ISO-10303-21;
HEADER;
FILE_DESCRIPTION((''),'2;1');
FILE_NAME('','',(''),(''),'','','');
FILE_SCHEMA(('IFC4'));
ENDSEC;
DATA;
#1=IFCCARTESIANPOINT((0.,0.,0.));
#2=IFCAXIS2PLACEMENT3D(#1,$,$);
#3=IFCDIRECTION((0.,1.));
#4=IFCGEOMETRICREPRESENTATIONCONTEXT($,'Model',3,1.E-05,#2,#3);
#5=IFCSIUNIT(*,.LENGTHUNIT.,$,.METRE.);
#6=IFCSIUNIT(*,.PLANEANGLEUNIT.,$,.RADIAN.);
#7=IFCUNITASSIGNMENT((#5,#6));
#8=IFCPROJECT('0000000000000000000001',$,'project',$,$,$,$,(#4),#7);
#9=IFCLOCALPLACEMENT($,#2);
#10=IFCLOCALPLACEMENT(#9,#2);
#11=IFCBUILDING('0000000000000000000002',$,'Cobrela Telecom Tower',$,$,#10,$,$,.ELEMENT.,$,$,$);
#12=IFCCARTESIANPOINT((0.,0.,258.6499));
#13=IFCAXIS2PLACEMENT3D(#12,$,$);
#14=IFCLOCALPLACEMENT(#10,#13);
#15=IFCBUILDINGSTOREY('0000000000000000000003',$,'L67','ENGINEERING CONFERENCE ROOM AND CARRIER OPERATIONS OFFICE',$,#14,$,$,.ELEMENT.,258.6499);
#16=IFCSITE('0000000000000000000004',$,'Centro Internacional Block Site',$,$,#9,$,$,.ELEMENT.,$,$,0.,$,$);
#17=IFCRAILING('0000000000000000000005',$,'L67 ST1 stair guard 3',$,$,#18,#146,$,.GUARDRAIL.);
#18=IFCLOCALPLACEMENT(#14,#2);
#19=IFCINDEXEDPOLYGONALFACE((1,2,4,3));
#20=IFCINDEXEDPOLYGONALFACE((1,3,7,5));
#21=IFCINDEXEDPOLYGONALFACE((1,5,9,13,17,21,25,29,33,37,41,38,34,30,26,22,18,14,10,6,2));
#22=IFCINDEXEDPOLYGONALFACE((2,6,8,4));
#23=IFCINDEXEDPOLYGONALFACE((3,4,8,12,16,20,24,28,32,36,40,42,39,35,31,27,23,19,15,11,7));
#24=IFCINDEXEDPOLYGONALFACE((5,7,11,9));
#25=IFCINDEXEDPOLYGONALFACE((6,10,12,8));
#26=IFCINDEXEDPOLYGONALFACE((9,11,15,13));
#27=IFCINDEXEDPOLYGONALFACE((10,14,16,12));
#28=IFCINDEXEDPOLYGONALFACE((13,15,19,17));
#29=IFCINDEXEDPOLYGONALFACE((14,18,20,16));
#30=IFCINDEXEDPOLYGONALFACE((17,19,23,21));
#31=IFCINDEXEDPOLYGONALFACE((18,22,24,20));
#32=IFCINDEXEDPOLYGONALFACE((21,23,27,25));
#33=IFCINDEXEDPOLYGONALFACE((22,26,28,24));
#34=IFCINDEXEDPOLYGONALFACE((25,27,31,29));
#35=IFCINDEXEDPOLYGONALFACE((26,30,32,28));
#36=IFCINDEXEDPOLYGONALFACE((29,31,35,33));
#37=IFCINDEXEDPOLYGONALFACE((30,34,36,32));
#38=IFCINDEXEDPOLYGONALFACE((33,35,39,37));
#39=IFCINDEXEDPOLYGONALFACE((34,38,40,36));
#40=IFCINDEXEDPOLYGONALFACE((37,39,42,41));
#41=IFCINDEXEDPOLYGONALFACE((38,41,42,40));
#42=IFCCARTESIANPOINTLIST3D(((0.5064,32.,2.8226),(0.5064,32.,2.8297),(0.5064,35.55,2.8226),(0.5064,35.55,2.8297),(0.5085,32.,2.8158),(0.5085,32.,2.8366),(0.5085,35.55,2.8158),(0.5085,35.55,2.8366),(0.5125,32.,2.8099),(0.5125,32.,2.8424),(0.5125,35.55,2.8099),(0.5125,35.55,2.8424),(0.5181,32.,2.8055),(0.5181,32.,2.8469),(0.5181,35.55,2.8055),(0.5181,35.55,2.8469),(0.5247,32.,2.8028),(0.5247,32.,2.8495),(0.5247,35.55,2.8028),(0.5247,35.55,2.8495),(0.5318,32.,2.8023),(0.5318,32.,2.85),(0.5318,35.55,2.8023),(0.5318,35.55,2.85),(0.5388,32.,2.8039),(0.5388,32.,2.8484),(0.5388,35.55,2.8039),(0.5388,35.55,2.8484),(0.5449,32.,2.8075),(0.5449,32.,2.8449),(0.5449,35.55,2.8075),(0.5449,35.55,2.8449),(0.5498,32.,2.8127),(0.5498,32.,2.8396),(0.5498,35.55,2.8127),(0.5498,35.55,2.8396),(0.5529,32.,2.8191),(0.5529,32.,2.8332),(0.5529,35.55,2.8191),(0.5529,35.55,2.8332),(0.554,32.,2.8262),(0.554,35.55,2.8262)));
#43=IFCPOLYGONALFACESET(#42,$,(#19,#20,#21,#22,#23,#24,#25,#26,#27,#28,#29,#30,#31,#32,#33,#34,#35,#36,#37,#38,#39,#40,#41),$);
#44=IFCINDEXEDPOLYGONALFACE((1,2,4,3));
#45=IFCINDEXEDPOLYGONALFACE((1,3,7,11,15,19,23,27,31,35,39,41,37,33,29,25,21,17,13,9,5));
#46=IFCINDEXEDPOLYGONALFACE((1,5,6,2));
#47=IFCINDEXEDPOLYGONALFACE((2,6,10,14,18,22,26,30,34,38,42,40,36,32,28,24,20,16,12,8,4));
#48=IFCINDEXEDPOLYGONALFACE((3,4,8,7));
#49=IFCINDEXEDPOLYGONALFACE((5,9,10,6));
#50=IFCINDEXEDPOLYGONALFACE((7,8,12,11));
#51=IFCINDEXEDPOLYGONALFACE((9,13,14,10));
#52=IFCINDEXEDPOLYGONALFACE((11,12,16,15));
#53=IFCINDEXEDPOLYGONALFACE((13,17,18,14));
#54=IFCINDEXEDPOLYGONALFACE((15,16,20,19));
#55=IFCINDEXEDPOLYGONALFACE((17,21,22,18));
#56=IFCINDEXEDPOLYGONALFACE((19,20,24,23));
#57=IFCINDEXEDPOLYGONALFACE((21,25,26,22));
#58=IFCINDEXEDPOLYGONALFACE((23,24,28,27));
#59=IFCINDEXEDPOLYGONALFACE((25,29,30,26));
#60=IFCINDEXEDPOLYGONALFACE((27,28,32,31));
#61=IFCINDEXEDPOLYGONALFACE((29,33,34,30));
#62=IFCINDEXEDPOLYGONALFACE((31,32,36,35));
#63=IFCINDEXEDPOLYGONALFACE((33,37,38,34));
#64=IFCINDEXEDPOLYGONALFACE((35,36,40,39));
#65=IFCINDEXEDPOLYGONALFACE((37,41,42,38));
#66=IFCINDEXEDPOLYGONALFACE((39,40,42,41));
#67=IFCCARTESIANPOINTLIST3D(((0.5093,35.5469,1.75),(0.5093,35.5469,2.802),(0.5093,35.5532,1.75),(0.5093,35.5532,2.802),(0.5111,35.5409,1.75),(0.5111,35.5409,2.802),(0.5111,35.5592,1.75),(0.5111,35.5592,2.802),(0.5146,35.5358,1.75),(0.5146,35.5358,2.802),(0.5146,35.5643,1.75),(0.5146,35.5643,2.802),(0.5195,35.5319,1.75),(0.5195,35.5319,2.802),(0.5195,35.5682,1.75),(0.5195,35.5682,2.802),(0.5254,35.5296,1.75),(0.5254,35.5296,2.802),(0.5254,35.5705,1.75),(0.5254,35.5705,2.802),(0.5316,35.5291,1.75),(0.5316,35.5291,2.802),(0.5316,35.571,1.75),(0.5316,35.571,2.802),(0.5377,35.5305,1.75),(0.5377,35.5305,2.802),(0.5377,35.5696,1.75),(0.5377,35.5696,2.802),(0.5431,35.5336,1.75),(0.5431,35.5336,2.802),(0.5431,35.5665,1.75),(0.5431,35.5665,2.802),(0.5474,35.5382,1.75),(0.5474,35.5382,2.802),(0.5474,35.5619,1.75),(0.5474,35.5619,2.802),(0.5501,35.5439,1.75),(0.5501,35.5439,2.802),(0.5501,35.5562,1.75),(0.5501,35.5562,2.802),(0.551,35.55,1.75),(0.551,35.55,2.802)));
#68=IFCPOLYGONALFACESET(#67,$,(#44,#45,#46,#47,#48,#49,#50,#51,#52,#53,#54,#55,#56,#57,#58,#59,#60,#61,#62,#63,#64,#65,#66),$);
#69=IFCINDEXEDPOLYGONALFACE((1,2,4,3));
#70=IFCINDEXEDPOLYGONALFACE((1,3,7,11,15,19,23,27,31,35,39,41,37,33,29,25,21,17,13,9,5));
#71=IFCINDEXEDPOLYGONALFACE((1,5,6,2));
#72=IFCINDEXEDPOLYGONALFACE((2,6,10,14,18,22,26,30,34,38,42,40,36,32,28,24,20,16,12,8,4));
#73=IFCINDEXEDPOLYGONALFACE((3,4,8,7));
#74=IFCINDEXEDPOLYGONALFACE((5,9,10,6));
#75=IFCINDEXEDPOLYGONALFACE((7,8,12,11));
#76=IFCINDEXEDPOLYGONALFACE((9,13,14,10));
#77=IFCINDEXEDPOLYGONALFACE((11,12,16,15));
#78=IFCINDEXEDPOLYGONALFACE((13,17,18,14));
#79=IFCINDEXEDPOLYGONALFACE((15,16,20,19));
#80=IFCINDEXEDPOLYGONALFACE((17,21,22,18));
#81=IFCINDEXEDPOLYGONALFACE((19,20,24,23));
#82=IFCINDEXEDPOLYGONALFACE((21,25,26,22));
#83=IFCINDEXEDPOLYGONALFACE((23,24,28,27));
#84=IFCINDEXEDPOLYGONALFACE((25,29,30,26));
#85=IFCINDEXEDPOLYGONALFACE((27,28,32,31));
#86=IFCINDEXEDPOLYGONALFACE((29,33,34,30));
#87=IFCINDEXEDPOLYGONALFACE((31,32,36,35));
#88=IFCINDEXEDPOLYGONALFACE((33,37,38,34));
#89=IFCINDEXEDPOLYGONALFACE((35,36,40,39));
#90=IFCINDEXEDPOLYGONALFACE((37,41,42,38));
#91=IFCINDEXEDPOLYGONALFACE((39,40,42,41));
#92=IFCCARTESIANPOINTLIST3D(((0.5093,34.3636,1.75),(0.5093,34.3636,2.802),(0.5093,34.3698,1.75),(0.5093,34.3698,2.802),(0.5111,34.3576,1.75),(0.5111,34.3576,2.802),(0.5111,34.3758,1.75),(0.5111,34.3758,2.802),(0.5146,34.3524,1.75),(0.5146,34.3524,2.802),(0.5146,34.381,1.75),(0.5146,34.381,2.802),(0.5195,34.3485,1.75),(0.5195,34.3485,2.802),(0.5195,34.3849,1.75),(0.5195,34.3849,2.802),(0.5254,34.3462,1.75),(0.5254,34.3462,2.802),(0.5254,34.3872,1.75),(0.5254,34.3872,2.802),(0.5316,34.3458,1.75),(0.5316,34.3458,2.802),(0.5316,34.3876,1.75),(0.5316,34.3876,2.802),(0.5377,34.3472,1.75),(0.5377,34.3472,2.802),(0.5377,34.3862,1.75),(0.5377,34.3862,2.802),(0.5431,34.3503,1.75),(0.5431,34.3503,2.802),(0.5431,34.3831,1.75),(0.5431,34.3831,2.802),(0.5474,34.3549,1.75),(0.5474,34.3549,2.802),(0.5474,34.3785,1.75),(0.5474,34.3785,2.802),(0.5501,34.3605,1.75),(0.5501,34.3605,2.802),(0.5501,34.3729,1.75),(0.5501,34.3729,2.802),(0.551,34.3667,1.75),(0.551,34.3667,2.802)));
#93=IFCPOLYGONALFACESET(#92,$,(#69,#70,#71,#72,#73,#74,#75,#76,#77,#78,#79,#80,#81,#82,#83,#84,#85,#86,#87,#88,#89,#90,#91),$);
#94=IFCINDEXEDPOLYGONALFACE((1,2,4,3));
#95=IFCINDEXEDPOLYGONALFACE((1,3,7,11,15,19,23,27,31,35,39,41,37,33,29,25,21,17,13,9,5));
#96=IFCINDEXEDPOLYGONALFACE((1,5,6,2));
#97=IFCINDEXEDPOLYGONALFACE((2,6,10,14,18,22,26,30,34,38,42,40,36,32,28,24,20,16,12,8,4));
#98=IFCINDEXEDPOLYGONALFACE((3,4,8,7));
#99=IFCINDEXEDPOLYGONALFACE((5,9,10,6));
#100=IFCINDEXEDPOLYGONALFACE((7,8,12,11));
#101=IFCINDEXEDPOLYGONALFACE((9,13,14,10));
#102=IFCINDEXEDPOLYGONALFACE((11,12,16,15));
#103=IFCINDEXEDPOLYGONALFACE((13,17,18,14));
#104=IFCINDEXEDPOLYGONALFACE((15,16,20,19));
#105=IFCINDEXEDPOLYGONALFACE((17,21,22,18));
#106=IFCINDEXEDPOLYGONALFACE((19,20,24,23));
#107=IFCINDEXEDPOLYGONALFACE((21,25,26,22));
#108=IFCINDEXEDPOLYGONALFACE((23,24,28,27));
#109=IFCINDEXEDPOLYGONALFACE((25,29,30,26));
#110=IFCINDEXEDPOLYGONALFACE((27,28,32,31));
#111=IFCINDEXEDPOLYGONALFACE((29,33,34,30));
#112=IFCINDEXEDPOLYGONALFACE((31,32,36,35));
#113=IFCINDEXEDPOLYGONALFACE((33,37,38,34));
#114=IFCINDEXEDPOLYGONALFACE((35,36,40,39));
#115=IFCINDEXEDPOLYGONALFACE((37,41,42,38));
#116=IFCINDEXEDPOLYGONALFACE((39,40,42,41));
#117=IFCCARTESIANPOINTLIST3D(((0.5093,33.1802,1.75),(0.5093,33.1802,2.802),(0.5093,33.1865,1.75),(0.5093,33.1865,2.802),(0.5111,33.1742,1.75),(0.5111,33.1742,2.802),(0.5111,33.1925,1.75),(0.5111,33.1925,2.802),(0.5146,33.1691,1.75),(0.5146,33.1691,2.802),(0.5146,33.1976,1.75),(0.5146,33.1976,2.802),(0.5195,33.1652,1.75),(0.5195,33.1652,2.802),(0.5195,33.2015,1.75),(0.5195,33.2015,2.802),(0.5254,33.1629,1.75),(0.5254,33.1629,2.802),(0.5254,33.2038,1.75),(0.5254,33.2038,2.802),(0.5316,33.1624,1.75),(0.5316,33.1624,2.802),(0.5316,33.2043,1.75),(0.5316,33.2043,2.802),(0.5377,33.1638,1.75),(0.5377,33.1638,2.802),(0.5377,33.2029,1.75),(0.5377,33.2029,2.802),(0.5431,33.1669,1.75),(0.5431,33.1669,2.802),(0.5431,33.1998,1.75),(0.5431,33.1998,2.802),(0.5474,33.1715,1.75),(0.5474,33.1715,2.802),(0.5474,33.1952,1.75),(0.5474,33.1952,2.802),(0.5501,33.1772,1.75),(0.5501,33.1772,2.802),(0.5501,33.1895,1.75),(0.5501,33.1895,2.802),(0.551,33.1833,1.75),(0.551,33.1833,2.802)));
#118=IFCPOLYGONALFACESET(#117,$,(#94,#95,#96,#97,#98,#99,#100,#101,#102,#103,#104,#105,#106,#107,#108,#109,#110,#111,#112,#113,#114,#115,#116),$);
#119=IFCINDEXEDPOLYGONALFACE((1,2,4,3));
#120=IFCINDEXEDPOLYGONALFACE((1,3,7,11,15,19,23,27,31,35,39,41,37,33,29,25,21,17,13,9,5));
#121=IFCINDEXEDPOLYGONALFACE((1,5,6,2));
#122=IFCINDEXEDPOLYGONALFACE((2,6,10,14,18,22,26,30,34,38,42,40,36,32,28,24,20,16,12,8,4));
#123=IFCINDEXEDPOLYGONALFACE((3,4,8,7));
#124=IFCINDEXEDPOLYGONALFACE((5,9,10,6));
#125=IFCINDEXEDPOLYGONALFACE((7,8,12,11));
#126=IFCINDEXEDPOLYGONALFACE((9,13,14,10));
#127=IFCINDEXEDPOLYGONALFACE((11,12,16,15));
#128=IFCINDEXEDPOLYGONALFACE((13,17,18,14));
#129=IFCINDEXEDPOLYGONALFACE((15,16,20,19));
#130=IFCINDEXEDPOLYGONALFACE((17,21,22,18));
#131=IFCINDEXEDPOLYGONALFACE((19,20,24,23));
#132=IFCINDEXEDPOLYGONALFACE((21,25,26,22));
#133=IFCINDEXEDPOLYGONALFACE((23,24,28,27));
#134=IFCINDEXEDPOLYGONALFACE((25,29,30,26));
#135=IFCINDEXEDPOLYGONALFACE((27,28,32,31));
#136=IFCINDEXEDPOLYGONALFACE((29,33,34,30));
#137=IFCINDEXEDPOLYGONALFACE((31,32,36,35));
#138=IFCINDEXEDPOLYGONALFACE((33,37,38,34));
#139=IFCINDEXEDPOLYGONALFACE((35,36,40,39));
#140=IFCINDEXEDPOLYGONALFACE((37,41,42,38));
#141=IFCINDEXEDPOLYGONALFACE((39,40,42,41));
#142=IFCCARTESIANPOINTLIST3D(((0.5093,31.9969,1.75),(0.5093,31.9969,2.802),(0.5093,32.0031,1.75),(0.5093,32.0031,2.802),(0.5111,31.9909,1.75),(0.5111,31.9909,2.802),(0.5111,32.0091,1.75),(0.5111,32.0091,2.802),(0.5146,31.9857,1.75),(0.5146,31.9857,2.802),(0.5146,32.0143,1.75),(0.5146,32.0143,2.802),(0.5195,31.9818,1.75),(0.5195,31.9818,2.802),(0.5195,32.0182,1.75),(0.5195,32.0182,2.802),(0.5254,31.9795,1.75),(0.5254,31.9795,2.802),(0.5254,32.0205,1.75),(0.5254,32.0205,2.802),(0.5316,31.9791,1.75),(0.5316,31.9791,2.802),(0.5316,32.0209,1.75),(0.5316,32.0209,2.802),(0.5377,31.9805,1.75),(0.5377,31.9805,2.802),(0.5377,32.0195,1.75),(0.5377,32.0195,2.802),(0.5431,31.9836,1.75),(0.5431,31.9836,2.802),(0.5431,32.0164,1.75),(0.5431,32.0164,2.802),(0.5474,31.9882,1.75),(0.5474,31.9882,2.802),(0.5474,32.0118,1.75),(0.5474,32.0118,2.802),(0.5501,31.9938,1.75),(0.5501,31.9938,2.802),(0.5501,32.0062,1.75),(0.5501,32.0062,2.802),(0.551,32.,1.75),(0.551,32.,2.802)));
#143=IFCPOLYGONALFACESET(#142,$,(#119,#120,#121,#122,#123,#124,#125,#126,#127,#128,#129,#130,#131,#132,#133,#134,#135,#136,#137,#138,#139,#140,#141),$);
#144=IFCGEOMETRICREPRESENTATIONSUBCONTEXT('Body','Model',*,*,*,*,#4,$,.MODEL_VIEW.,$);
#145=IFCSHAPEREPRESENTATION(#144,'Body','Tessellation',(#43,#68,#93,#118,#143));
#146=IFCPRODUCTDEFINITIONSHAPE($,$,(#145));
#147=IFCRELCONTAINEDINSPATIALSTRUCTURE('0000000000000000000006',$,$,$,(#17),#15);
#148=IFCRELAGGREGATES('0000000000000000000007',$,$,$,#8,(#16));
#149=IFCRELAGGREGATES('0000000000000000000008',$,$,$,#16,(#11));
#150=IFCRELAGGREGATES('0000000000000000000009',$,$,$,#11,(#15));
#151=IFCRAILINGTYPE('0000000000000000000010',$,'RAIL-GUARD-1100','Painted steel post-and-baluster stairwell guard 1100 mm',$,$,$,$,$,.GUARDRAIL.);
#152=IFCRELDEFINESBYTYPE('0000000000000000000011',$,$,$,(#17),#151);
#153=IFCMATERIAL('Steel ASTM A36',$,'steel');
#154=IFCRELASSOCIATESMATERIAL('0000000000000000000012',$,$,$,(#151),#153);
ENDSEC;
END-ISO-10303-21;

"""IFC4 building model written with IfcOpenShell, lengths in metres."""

from ifc_helpers import new_model, si_unit, direction, frame, origin, origin_2d, place, context, subcontext, project, spatial, circle, extrude, material, type_object, element, save


model = new_model("IFC4")

# Units and contexts
model_context = context("Model", 3, precision=1e-05, world=origin(), true_north=direction((0.0, 1.0)))
body_context = subcontext(model_context, "Body", "Model", "MODEL_VIEW")
ifc_project = project(units=[si_unit("LENGTHUNIT", "METRE"), si_unit("PLANEANGLEUNIT", "RADIAN")], contexts=[model_context])

# Site, building, storey
site_placement = place(None, origin())
site = spatial("IfcSite", under=ifc_project, at=site_placement, Name="Centro Internacional Block Site", CompositionType="ELEMENT", RefElevation=0.0)
building_placement = place(site_placement, origin())
building = spatial("IfcBuilding", under=site, at=building_placement, Name="Cobrela Telecom Tower", CompositionType="ELEMENT")
storey_placement = place(building_placement, frame((0.0, 0.0, 258.6499)))
storey = spatial("IfcBuildingStorey", under=building, at=storey_placement, Name="L67", Description="ENGINEERING CONFERENCE ROOM AND CARRIER OPERATIONS OFFICE", CompositionType="ELEMENT", Elevation=258.6499)

# Shared definitions
ifc_material_1 = material(Name="Steel ASTM A36", Category="steel")

# Railing
railing_type_1 = type_object("IfcRailingType", Name="RAIL-GUARD-1100", Description="Painted steel post-and-baluster stairwell guard 1100 mm", PredefinedType="GUARDRAIL", material=ifc_material_1)
railing_1_placement = place(storey_placement, frame((0.53, 35.55, 1.75)))
element("IfcRailing", 1, at=railing_1_placement, inside=storey, type_object=railing_type_1, Name="L67 ST1 stair guard 3", PredefinedType="GUARDRAIL", context=body_context, shape_type="SweptSolid", body=[
    extrude(circle(Radius=0.0239, at=origin_2d()), frame((0.0, 0.0, 1.0762), z_axis=(0.0, -1.0, 0.0), x_axis=(1.0, 0.0, 0.0)), (0.0, 0.0, 1.0), 3.55),
    extrude(circle(Radius=0.021, at=origin_2d()), origin(), (0.0, 0.0, 1.0), 1.052),
    extrude(circle(Radius=0.021, at=origin_2d()), frame((0.0, -1.1833, 0.0)), (0.0, 0.0, 1.0), 1.052),
    extrude(circle(Radius=0.021, at=origin_2d()), frame((0.0, -2.3667, 0.0)), (0.0, 0.0, 1.0), 1.052),
    extrude(circle(Radius=0.021, at=origin_2d()), frame((0.0, -3.55, 0.0)), (0.0, 0.0, 1.0), 1.052),
])

save(model, "model.ifc")
